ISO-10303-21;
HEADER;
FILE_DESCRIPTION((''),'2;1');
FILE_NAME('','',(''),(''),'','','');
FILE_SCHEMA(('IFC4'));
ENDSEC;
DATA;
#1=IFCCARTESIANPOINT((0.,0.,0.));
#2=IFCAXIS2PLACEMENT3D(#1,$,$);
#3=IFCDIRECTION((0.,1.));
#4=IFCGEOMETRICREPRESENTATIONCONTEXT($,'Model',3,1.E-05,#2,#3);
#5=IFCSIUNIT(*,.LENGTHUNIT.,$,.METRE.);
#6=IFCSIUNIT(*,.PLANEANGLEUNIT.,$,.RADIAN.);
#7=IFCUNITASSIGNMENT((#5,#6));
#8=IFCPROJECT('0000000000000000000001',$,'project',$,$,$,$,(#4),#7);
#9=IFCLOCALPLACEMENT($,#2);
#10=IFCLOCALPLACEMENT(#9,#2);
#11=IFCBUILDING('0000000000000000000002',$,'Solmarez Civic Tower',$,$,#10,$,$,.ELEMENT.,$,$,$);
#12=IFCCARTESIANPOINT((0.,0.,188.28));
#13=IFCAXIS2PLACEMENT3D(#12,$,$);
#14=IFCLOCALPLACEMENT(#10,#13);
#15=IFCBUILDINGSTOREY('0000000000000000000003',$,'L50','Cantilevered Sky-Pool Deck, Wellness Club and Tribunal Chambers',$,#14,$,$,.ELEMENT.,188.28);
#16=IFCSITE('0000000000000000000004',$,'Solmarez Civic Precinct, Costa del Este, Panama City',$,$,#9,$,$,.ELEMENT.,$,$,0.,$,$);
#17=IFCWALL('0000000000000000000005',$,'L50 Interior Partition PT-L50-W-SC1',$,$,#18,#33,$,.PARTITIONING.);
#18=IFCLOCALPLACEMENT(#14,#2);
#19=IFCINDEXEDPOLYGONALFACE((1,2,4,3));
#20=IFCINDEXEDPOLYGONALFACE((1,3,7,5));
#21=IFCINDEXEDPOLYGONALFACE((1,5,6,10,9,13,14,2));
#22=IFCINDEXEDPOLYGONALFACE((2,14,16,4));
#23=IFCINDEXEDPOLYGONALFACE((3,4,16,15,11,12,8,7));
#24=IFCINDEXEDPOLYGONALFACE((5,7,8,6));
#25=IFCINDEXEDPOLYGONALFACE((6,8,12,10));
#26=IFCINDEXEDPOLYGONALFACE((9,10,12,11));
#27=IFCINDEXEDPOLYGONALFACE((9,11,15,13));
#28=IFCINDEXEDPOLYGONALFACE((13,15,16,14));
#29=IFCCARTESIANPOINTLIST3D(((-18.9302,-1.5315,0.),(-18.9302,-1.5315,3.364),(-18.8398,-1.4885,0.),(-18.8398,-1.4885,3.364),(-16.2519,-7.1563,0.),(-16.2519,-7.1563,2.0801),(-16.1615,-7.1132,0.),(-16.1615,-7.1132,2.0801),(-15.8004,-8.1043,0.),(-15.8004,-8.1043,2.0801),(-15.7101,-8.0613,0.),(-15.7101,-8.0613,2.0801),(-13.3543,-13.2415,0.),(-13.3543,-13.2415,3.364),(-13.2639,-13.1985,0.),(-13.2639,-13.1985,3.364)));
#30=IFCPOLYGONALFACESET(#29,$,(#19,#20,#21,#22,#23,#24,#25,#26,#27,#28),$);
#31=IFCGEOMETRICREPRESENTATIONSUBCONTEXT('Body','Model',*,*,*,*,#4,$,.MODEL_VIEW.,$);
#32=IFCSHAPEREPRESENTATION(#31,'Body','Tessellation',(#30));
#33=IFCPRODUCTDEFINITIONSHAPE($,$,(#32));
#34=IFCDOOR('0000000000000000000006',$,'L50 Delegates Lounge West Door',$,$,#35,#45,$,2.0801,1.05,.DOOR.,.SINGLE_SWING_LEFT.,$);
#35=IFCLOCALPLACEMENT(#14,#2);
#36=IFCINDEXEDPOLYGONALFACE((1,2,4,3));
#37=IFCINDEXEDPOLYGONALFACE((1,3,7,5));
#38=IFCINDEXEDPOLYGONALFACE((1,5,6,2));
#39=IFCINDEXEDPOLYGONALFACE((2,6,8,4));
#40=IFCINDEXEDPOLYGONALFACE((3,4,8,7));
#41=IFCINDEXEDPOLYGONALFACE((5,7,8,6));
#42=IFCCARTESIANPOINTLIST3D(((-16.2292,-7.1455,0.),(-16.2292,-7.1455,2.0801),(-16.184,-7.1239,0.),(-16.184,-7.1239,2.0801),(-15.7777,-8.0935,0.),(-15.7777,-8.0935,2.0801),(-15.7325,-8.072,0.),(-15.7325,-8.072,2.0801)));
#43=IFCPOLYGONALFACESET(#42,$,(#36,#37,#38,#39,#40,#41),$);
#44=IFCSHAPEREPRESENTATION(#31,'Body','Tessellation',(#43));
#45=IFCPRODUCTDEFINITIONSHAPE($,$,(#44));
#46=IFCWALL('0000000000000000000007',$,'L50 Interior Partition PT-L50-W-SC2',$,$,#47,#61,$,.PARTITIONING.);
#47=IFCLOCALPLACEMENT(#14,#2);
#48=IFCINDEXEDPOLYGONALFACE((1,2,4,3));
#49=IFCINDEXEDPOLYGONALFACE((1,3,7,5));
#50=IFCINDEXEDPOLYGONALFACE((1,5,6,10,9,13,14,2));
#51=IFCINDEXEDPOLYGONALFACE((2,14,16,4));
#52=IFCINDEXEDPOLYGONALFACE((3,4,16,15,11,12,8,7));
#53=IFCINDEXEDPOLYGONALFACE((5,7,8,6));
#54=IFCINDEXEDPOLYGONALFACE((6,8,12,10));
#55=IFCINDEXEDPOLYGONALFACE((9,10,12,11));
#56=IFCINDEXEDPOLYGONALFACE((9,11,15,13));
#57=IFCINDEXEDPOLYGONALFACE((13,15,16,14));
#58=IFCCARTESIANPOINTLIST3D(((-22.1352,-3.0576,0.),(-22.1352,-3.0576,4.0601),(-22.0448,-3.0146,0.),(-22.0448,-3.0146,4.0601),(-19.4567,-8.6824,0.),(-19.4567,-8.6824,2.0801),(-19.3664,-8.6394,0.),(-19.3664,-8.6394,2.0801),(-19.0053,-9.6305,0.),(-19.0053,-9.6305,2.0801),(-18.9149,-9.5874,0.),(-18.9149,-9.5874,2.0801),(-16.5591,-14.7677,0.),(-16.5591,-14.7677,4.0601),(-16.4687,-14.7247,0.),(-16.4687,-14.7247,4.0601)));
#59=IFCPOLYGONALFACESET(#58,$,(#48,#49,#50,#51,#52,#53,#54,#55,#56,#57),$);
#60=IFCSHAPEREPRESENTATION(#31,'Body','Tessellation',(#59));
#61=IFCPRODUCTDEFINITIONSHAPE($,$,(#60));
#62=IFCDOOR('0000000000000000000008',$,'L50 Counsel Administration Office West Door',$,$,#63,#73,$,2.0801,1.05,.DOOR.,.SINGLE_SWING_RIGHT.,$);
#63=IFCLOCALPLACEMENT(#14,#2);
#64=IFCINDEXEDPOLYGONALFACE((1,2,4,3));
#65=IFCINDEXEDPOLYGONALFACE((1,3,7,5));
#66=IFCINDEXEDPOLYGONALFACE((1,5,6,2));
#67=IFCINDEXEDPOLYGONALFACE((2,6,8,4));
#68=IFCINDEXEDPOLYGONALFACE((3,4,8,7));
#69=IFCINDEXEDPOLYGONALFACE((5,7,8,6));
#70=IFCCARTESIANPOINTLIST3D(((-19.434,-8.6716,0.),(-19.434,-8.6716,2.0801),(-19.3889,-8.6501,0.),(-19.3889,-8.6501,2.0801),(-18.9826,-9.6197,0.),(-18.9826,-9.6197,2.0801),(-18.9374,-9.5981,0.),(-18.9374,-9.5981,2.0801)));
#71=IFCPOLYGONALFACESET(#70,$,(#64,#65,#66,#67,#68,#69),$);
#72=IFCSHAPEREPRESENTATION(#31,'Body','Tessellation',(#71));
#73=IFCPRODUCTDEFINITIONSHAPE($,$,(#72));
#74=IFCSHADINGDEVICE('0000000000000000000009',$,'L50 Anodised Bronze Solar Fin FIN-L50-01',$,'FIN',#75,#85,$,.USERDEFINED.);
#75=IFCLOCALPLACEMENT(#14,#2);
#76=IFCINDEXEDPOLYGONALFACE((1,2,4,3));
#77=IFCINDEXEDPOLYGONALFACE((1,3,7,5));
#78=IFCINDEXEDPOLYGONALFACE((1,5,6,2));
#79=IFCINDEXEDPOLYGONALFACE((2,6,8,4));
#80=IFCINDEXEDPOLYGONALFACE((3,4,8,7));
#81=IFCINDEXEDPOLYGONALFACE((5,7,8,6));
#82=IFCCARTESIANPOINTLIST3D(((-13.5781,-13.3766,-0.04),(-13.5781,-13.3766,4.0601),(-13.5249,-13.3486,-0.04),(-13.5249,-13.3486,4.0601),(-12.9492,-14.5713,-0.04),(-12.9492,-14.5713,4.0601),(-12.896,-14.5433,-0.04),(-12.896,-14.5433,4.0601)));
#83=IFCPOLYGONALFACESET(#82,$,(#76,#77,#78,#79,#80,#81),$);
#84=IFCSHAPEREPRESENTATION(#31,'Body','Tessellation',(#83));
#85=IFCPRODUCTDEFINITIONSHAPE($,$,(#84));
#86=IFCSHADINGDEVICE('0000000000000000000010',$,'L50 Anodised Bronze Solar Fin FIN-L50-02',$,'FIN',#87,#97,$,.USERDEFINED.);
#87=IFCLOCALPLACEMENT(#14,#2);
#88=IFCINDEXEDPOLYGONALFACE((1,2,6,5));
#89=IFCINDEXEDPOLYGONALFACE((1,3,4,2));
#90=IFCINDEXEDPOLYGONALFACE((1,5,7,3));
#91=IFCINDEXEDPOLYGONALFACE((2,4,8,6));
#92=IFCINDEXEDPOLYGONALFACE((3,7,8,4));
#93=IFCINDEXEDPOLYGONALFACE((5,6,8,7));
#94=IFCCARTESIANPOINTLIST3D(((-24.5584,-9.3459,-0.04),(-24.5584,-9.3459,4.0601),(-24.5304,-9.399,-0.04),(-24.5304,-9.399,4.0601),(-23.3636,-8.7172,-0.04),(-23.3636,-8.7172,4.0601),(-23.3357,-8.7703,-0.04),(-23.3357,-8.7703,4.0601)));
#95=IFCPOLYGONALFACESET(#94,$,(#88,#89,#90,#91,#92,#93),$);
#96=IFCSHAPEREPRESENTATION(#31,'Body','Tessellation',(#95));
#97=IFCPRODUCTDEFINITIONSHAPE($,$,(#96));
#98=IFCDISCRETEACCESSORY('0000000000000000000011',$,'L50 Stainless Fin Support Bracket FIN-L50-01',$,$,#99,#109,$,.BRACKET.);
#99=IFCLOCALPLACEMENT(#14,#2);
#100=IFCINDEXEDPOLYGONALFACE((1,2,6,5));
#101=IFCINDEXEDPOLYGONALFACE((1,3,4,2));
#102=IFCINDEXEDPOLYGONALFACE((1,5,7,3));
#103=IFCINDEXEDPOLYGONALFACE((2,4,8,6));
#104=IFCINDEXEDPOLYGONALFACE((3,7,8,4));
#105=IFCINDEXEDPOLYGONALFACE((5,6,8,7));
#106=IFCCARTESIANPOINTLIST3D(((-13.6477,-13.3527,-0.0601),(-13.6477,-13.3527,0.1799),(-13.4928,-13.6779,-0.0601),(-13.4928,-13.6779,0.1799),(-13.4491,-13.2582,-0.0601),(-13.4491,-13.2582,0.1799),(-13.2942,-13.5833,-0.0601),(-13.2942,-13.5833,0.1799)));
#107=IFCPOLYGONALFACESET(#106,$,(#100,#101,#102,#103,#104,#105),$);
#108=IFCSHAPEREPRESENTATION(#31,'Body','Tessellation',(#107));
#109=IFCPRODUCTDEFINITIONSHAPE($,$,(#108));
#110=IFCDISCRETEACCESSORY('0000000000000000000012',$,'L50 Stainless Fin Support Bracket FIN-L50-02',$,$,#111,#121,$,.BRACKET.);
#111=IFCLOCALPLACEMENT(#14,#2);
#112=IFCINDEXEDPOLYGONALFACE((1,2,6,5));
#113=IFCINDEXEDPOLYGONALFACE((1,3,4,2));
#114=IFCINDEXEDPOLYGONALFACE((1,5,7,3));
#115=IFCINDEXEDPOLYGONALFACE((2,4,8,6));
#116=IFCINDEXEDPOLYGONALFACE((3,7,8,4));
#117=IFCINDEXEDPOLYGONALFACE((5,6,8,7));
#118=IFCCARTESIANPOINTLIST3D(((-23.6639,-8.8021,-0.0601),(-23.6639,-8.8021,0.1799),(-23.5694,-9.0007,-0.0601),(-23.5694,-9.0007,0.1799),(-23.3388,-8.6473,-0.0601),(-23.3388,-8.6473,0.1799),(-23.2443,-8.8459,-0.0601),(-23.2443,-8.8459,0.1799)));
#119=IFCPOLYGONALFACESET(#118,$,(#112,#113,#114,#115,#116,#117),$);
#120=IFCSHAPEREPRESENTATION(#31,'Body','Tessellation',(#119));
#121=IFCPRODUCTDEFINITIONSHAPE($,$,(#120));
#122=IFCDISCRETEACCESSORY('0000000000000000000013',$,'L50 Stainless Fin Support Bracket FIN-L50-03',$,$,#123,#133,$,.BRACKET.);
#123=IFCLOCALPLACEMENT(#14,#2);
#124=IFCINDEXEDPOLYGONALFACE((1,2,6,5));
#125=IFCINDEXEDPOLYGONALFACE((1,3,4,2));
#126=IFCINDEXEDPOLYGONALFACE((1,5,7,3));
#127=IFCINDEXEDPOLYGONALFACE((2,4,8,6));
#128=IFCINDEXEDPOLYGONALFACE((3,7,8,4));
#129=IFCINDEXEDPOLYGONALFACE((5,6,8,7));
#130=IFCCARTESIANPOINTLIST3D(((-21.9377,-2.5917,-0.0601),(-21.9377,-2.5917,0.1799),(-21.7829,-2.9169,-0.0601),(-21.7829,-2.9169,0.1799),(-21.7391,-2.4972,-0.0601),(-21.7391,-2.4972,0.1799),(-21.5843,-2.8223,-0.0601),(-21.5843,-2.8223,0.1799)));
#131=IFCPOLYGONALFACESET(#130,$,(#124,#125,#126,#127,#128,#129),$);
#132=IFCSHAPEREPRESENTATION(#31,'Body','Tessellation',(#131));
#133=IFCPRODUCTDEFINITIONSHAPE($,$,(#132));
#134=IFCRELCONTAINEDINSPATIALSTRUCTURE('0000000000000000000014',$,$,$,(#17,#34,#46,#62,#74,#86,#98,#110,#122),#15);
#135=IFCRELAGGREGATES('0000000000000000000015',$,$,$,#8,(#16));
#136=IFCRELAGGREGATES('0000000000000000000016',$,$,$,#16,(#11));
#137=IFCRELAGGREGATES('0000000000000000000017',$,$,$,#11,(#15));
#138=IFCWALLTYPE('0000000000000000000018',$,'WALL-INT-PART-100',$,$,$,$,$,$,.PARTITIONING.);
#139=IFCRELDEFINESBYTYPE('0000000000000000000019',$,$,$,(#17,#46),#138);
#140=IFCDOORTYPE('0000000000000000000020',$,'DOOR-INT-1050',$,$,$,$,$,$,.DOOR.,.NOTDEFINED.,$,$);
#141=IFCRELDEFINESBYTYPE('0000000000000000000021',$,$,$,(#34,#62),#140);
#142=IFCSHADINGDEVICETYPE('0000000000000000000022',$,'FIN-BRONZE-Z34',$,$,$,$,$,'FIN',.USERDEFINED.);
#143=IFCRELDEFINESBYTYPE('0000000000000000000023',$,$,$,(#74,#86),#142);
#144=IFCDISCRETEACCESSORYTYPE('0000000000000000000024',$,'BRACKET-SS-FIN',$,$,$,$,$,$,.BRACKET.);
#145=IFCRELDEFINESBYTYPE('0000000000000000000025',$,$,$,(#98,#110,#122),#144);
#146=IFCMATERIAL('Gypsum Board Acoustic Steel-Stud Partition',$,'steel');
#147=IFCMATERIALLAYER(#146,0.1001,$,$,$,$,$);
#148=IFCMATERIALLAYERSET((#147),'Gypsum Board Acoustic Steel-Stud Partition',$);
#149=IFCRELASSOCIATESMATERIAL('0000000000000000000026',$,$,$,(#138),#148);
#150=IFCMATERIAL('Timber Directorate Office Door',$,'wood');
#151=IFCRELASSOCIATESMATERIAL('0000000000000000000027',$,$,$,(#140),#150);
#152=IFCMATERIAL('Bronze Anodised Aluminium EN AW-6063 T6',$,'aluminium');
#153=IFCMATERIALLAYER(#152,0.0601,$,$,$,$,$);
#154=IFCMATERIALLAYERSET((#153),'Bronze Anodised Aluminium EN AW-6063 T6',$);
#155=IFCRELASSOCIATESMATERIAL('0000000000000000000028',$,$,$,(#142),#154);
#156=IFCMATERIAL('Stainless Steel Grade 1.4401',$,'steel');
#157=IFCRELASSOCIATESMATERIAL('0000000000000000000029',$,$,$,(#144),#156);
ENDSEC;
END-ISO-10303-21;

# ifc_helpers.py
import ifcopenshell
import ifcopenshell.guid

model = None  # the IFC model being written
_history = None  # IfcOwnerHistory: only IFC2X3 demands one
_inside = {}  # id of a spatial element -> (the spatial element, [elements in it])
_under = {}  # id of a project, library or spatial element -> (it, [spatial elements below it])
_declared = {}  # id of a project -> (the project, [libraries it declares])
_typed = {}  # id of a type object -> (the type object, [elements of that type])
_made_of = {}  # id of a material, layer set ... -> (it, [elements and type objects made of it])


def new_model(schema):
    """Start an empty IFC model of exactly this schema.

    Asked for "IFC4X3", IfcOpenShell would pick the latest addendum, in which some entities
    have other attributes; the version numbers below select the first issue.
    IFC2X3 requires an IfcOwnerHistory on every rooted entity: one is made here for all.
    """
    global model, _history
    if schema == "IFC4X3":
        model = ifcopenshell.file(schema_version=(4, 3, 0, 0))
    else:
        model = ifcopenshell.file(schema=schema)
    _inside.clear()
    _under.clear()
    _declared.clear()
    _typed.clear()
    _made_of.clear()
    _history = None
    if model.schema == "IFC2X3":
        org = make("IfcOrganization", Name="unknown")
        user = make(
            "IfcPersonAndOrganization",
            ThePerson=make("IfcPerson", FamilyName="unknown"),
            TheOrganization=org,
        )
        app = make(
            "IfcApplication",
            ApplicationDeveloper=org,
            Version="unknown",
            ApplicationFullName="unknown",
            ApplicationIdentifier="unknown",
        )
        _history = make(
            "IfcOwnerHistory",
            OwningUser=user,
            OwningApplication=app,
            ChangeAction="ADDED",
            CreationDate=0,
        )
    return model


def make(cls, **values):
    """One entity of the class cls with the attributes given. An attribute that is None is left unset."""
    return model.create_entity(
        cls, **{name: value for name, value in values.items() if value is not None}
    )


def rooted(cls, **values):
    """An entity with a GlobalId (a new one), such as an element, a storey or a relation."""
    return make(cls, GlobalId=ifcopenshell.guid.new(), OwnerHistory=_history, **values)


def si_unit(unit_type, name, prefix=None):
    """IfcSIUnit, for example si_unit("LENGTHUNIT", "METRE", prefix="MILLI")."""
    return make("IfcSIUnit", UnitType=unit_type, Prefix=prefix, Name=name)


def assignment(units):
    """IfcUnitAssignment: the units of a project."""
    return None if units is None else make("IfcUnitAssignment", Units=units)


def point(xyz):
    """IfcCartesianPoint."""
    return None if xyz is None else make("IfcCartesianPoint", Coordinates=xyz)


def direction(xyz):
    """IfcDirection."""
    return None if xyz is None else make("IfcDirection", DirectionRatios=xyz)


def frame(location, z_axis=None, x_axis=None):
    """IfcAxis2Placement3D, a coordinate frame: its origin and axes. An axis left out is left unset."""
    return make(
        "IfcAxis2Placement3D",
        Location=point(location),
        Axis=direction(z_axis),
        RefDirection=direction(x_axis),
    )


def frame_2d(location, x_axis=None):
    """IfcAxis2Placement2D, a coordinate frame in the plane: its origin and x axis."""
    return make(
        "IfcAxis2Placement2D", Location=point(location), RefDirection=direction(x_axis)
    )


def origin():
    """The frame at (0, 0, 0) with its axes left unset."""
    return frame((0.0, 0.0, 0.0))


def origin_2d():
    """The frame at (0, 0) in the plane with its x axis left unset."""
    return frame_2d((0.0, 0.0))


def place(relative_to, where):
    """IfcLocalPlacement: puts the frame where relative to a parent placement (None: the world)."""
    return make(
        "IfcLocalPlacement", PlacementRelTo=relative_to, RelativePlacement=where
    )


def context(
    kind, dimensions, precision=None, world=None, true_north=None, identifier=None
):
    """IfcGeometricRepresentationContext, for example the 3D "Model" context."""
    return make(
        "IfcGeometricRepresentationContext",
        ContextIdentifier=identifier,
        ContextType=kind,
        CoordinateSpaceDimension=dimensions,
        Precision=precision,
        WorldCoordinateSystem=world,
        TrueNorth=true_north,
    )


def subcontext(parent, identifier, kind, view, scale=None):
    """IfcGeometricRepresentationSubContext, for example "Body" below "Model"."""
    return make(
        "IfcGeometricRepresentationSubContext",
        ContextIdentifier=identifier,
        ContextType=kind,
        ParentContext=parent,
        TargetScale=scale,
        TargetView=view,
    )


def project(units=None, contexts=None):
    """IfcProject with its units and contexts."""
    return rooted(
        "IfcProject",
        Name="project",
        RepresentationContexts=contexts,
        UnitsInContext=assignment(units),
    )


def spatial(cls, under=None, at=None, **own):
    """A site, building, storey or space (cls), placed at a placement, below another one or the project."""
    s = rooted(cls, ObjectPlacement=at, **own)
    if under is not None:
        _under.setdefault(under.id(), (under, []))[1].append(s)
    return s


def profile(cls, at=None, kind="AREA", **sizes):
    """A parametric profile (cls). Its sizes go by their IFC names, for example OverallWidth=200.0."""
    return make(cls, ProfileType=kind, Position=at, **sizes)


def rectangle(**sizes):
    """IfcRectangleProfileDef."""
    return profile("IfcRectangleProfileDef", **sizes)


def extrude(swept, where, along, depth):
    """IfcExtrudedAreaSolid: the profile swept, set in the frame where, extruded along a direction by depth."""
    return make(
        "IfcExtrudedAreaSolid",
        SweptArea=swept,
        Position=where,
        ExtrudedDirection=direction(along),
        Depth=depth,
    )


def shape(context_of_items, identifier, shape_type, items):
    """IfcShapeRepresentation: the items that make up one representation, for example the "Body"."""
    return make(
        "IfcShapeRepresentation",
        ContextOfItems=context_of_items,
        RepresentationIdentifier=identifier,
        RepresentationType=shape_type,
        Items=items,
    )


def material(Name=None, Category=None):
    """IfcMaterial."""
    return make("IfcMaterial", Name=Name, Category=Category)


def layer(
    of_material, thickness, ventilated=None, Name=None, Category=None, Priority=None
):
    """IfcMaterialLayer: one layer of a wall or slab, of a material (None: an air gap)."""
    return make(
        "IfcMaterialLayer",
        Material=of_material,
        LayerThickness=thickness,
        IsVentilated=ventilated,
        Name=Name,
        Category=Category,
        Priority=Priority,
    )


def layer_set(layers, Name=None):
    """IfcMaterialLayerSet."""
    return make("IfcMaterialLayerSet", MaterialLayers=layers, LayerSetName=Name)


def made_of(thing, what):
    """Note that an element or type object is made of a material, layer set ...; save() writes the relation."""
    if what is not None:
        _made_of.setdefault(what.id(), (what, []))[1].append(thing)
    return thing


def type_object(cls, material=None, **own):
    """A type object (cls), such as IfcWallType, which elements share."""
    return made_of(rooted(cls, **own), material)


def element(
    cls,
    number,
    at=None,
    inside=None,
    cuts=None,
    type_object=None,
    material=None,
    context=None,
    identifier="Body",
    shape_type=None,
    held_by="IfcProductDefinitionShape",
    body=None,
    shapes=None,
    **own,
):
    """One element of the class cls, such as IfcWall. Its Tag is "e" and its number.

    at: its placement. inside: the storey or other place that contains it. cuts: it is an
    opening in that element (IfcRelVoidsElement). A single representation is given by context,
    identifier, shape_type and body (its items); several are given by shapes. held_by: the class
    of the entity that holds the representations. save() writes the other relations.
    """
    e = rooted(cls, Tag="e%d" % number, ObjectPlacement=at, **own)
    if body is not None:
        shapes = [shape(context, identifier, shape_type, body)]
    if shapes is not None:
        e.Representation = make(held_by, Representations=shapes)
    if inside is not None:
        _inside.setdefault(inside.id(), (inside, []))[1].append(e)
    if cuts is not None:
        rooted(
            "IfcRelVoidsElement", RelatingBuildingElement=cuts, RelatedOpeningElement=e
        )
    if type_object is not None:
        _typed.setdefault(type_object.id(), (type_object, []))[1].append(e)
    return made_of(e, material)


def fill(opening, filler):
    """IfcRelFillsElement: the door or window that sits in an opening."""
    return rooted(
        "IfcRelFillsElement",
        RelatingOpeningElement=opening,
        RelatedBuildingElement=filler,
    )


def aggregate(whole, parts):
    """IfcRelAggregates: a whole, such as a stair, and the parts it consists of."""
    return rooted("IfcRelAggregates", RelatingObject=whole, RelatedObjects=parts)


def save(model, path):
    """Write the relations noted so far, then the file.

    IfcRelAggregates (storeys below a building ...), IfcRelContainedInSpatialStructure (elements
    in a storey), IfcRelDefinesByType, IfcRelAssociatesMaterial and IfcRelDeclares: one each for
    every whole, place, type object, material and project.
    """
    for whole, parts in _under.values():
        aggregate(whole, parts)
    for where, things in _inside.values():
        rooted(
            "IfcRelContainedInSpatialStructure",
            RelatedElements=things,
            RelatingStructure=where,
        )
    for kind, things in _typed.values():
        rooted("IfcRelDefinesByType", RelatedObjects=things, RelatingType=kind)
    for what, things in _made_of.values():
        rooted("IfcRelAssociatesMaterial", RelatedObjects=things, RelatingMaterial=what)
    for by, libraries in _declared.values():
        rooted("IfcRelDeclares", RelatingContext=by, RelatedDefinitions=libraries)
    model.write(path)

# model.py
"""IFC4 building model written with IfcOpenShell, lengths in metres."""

from ifc_helpers import new_model, si_unit, direction, frame, frame_2d, origin, origin_2d, place, context, subcontext, project, spatial, rectangle, extrude, material, layer, layer_set, type_object, element, fill, save


model = new_model("IFC4")

# Units and contexts
model_context = context("Model", 3, precision=1e-05, world=origin(), true_north=direction((0.0, 1.0)))
body_context = subcontext(model_context, "Body", "Model", "MODEL_VIEW")
ifc_project = project(units=[si_unit("LENGTHUNIT", "METRE"), si_unit("PLANEANGLEUNIT", "RADIAN")], contexts=[model_context])

# Site, building, storey
site_placement = place(None, origin())
site = spatial("IfcSite", under=ifc_project, at=site_placement, Name="Solmarez Civic Precinct, Costa del Este, Panama City", CompositionType="ELEMENT", RefElevation=0.0)
building_placement = place(site_placement, origin())
building = spatial("IfcBuilding", under=site, at=building_placement, Name="Solmarez Civic Tower", CompositionType="ELEMENT")
storey_placement = place(building_placement, frame((0.0, 0.0, 188.28)))
storey = spatial("IfcBuildingStorey", under=building, at=storey_placement, Name="L50", Description="Cantilevered Sky-Pool Deck, Wellness Club and Tribunal Chambers", CompositionType="ELEMENT", Elevation=188.28)

# Walls, openings, doors
ifc_material_1 = material(Name="Gypsum Board Acoustic Steel-Stud Partition", Category="steel")
ifc_layer_1 = layer(ifc_material_1, 0.1001)
ifc_layer_set_1 = layer_set([ifc_layer_1], Name="Gypsum Board Acoustic Steel-Stud Partition")
wall_type_1 = type_object("IfcWallType", Name="WALL-INT-PART-100", PredefinedType="PARTITIONING", material=ifc_layer_set_1)
wall_1_placement = place(storey_placement, frame((-13.3091, -13.22, 0.0), z_axis=(0.0, 0.0, 1.0), x_axis=(-0.429918, 0.902868, 0.0)))
wall_1 = element("IfcWall", 1, at=wall_1_placement, inside=storey, type_object=wall_type_1, Name="L50 Interior Partition PT-L50-W-SC1", PredefinedType="PARTITIONING", context=body_context, shape_type="SweptSolid", body=[
    extrude(rectangle(XDim=12.9697, YDim=0.1001, at=frame_2d((6.4849, 0.0))), origin(), (0.0, 0.0, 1.0), 3.364),
])
opening_1_placement = place(wall_1_placement, frame((5.6899, 0.0, 0.0)))
opening_1 = element("IfcOpeningElement", 2, at=opening_1_placement, cuts=wall_1, PredefinedType="OPENING", context=body_context, shape_type="SweptSolid", body=[
    extrude(rectangle(XDim=1.05, YDim=2.0801, at=frame_2d((0.5249, 1.04))), frame((0.0, 0.0601, 0.0), z_axis=(0.0, -1.0, 0.0), x_axis=(1.0, 0.0, 0.0)), (0.0, 0.0, 1.0), 0.1201),
])
ifc_material_2 = material(Name="Timber Directorate Office Door", Category="wood")
door_type = type_object("IfcDoorType", Name="DOOR-INT-1050", OperationType="NOTDEFINED", PredefinedType="DOOR", material=ifc_material_2)
door_1_placement = place(opening_1_placement, origin())
door_1 = element("IfcDoor", 3, at=door_1_placement, inside=storey, type_object=door_type, Name="L50 Delegates Lounge West Door", OperationType="SINGLE_SWING_LEFT", OverallHeight=2.0801, OverallWidth=1.05, PredefinedType="DOOR", context=body_context, shape_type="SweptSolid", body=[
    extrude(rectangle(XDim=1.05, YDim=2.0801, at=frame_2d((0.5249, 1.04))), frame((0.0, 0.0249, 0.0), z_axis=(0.0, -1.0, 0.0), x_axis=(1.0, 0.0, 0.0)), (0.0, 0.0, 1.0), 0.05),
])
fill(opening_1, door_1)
wall_2_placement = place(storey_placement, frame((-16.5139, -14.7461, 0.0), z_axis=(0.0, 0.0, 1.0), x_axis=(-0.429926, 0.902864, 0.0)))
wall_2 = element("IfcWall", 4, at=wall_2_placement, inside=storey, type_object=wall_type_1, Name="L50 Interior Partition PT-L50-W-SC2", PredefinedType="PARTITIONING", context=body_context, shape_type="SweptSolid", body=[
    extrude(rectangle(XDim=12.97, YDim=0.1001, at=frame_2d((6.4849, 0.0))), origin(), (0.0, 0.0, 1.0), 4.0601),
])
opening_2_placement = place(wall_2_placement, frame((5.6899, 0.0, 0.0)))
opening_2 = element("IfcOpeningElement", 5, at=opening_2_placement, cuts=wall_2, PredefinedType="OPENING", context=body_context, shape_type="SweptSolid", body=[
    extrude(rectangle(XDim=1.05, YDim=2.0801, at=frame_2d((0.5249, 1.04))), frame((0.0, 0.0601, 0.0), z_axis=(0.0, -1.0, 0.0), x_axis=(1.0, 0.0, 0.0)), (0.0, 0.0, 1.0), 0.1201),
])
door_2_placement = place(opening_2_placement, origin())
door_2 = element("IfcDoor", 6, at=door_2_placement, inside=storey, type_object=door_type, Name="L50 Counsel Administration Office West Door", OperationType="SINGLE_SWING_RIGHT", OverallHeight=2.0801, OverallWidth=1.05, PredefinedType="DOOR", context=body_context, shape_type="SweptSolid", body=[
    extrude(rectangle(XDim=1.05, YDim=2.0801, at=frame_2d((0.5249, 1.04))), frame((0.0, 0.0249, 0.0), z_axis=(0.0, -1.0, 0.0), x_axis=(1.0, 0.0, 0.0)), (0.0, 0.0, 1.0), 0.05),
])
fill(opening_2, door_2)

# Shading devices
ifc_material_3 = material(Name="Bronze Anodised Aluminium EN AW-6063 T6", Category="aluminium")
ifc_layer_2 = layer(ifc_material_3, 0.0601)
ifc_layer_set_2 = layer_set([ifc_layer_2], Name="Bronze Anodised Aluminium EN AW-6063 T6")
shading_device_type = type_object("IfcShadingDeviceType", Name="FIN-BRONZE-Z34", ElementType="FIN", PredefinedType="USERDEFINED", material=ifc_layer_set_2)
for number, where, z_axis, x_axis, name in (
    (7, (-13.2371, -13.96, -0.04), (0.0, 0.0, 1.0), (0.465831, -0.884874, 0.0), "L50 Anodised Bronze Solar Fin FIN-L50-01"),
    (8, (-23.947, -9.0581, -0.04), (0.0, 0.0, 1.0), (-0.884947, -0.465692, 0.0), "L50 Anodised Bronze Solar Fin FIN-L50-02"),
):
    element("IfcShadingDevice", number, at=place(storey_placement, frame(where, z_axis=z_axis, x_axis=x_axis)), inside=storey, type_object=shading_device_type, Name=name, ObjectType="FIN", PredefinedType="USERDEFINED", context=body_context, shape_type="SweptSolid", body=[
        extrude(rectangle(XDim=1.3501, YDim=0.0601, at=origin_2d()), origin(), (0.0, 0.0, 1.0), 4.1001),
    ])

# Discrete accessories
ifc_material_4 = material(Name="Stainless Steel Grade 1.4401", Category="steel")
discrete_accessory_type = type_object("IfcDiscreteAccessoryType", Name="BRACKET-SS-FIN", PredefinedType="BRACKET", material=ifc_material_4)
for number, where, z_axis, x_axis, name in (
    (9, (-13.4709, -13.468, -0.0601), (0.0, 0.0, 1.0), (0.42996, -0.902848, 0.0), "L50 Stainless Fin Support Bracket FIN-L50-01"),
    (10, (-23.4541, -8.824, -0.0601), (0.0, 0.0, 1.0), (-0.902923, -0.429803, 0.0), "L50 Stainless Fin Support Bracket FIN-L50-02"),
    (11, (-21.761, -2.707, -0.0601), (0.0, 0.0, 1.0), (-0.429873, 0.902889, 0.0), "L50 Stainless Fin Support Bracket FIN-L50-03"),
):
    element("IfcDiscreteAccessory", number, at=place(storey_placement, frame(where, z_axis=z_axis, x_axis=x_axis)), inside=storey, type_object=discrete_accessory_type, Name=name, PredefinedType="BRACKET", context=body_context, shape_type="SweptSolid", body=[
        extrude(rectangle(XDim=0.3601, YDim=0.22, at=origin_2d()), origin(), (0.0, 0.0, 1.0), 0.24),
    ])

save(model, "model.ifc")
